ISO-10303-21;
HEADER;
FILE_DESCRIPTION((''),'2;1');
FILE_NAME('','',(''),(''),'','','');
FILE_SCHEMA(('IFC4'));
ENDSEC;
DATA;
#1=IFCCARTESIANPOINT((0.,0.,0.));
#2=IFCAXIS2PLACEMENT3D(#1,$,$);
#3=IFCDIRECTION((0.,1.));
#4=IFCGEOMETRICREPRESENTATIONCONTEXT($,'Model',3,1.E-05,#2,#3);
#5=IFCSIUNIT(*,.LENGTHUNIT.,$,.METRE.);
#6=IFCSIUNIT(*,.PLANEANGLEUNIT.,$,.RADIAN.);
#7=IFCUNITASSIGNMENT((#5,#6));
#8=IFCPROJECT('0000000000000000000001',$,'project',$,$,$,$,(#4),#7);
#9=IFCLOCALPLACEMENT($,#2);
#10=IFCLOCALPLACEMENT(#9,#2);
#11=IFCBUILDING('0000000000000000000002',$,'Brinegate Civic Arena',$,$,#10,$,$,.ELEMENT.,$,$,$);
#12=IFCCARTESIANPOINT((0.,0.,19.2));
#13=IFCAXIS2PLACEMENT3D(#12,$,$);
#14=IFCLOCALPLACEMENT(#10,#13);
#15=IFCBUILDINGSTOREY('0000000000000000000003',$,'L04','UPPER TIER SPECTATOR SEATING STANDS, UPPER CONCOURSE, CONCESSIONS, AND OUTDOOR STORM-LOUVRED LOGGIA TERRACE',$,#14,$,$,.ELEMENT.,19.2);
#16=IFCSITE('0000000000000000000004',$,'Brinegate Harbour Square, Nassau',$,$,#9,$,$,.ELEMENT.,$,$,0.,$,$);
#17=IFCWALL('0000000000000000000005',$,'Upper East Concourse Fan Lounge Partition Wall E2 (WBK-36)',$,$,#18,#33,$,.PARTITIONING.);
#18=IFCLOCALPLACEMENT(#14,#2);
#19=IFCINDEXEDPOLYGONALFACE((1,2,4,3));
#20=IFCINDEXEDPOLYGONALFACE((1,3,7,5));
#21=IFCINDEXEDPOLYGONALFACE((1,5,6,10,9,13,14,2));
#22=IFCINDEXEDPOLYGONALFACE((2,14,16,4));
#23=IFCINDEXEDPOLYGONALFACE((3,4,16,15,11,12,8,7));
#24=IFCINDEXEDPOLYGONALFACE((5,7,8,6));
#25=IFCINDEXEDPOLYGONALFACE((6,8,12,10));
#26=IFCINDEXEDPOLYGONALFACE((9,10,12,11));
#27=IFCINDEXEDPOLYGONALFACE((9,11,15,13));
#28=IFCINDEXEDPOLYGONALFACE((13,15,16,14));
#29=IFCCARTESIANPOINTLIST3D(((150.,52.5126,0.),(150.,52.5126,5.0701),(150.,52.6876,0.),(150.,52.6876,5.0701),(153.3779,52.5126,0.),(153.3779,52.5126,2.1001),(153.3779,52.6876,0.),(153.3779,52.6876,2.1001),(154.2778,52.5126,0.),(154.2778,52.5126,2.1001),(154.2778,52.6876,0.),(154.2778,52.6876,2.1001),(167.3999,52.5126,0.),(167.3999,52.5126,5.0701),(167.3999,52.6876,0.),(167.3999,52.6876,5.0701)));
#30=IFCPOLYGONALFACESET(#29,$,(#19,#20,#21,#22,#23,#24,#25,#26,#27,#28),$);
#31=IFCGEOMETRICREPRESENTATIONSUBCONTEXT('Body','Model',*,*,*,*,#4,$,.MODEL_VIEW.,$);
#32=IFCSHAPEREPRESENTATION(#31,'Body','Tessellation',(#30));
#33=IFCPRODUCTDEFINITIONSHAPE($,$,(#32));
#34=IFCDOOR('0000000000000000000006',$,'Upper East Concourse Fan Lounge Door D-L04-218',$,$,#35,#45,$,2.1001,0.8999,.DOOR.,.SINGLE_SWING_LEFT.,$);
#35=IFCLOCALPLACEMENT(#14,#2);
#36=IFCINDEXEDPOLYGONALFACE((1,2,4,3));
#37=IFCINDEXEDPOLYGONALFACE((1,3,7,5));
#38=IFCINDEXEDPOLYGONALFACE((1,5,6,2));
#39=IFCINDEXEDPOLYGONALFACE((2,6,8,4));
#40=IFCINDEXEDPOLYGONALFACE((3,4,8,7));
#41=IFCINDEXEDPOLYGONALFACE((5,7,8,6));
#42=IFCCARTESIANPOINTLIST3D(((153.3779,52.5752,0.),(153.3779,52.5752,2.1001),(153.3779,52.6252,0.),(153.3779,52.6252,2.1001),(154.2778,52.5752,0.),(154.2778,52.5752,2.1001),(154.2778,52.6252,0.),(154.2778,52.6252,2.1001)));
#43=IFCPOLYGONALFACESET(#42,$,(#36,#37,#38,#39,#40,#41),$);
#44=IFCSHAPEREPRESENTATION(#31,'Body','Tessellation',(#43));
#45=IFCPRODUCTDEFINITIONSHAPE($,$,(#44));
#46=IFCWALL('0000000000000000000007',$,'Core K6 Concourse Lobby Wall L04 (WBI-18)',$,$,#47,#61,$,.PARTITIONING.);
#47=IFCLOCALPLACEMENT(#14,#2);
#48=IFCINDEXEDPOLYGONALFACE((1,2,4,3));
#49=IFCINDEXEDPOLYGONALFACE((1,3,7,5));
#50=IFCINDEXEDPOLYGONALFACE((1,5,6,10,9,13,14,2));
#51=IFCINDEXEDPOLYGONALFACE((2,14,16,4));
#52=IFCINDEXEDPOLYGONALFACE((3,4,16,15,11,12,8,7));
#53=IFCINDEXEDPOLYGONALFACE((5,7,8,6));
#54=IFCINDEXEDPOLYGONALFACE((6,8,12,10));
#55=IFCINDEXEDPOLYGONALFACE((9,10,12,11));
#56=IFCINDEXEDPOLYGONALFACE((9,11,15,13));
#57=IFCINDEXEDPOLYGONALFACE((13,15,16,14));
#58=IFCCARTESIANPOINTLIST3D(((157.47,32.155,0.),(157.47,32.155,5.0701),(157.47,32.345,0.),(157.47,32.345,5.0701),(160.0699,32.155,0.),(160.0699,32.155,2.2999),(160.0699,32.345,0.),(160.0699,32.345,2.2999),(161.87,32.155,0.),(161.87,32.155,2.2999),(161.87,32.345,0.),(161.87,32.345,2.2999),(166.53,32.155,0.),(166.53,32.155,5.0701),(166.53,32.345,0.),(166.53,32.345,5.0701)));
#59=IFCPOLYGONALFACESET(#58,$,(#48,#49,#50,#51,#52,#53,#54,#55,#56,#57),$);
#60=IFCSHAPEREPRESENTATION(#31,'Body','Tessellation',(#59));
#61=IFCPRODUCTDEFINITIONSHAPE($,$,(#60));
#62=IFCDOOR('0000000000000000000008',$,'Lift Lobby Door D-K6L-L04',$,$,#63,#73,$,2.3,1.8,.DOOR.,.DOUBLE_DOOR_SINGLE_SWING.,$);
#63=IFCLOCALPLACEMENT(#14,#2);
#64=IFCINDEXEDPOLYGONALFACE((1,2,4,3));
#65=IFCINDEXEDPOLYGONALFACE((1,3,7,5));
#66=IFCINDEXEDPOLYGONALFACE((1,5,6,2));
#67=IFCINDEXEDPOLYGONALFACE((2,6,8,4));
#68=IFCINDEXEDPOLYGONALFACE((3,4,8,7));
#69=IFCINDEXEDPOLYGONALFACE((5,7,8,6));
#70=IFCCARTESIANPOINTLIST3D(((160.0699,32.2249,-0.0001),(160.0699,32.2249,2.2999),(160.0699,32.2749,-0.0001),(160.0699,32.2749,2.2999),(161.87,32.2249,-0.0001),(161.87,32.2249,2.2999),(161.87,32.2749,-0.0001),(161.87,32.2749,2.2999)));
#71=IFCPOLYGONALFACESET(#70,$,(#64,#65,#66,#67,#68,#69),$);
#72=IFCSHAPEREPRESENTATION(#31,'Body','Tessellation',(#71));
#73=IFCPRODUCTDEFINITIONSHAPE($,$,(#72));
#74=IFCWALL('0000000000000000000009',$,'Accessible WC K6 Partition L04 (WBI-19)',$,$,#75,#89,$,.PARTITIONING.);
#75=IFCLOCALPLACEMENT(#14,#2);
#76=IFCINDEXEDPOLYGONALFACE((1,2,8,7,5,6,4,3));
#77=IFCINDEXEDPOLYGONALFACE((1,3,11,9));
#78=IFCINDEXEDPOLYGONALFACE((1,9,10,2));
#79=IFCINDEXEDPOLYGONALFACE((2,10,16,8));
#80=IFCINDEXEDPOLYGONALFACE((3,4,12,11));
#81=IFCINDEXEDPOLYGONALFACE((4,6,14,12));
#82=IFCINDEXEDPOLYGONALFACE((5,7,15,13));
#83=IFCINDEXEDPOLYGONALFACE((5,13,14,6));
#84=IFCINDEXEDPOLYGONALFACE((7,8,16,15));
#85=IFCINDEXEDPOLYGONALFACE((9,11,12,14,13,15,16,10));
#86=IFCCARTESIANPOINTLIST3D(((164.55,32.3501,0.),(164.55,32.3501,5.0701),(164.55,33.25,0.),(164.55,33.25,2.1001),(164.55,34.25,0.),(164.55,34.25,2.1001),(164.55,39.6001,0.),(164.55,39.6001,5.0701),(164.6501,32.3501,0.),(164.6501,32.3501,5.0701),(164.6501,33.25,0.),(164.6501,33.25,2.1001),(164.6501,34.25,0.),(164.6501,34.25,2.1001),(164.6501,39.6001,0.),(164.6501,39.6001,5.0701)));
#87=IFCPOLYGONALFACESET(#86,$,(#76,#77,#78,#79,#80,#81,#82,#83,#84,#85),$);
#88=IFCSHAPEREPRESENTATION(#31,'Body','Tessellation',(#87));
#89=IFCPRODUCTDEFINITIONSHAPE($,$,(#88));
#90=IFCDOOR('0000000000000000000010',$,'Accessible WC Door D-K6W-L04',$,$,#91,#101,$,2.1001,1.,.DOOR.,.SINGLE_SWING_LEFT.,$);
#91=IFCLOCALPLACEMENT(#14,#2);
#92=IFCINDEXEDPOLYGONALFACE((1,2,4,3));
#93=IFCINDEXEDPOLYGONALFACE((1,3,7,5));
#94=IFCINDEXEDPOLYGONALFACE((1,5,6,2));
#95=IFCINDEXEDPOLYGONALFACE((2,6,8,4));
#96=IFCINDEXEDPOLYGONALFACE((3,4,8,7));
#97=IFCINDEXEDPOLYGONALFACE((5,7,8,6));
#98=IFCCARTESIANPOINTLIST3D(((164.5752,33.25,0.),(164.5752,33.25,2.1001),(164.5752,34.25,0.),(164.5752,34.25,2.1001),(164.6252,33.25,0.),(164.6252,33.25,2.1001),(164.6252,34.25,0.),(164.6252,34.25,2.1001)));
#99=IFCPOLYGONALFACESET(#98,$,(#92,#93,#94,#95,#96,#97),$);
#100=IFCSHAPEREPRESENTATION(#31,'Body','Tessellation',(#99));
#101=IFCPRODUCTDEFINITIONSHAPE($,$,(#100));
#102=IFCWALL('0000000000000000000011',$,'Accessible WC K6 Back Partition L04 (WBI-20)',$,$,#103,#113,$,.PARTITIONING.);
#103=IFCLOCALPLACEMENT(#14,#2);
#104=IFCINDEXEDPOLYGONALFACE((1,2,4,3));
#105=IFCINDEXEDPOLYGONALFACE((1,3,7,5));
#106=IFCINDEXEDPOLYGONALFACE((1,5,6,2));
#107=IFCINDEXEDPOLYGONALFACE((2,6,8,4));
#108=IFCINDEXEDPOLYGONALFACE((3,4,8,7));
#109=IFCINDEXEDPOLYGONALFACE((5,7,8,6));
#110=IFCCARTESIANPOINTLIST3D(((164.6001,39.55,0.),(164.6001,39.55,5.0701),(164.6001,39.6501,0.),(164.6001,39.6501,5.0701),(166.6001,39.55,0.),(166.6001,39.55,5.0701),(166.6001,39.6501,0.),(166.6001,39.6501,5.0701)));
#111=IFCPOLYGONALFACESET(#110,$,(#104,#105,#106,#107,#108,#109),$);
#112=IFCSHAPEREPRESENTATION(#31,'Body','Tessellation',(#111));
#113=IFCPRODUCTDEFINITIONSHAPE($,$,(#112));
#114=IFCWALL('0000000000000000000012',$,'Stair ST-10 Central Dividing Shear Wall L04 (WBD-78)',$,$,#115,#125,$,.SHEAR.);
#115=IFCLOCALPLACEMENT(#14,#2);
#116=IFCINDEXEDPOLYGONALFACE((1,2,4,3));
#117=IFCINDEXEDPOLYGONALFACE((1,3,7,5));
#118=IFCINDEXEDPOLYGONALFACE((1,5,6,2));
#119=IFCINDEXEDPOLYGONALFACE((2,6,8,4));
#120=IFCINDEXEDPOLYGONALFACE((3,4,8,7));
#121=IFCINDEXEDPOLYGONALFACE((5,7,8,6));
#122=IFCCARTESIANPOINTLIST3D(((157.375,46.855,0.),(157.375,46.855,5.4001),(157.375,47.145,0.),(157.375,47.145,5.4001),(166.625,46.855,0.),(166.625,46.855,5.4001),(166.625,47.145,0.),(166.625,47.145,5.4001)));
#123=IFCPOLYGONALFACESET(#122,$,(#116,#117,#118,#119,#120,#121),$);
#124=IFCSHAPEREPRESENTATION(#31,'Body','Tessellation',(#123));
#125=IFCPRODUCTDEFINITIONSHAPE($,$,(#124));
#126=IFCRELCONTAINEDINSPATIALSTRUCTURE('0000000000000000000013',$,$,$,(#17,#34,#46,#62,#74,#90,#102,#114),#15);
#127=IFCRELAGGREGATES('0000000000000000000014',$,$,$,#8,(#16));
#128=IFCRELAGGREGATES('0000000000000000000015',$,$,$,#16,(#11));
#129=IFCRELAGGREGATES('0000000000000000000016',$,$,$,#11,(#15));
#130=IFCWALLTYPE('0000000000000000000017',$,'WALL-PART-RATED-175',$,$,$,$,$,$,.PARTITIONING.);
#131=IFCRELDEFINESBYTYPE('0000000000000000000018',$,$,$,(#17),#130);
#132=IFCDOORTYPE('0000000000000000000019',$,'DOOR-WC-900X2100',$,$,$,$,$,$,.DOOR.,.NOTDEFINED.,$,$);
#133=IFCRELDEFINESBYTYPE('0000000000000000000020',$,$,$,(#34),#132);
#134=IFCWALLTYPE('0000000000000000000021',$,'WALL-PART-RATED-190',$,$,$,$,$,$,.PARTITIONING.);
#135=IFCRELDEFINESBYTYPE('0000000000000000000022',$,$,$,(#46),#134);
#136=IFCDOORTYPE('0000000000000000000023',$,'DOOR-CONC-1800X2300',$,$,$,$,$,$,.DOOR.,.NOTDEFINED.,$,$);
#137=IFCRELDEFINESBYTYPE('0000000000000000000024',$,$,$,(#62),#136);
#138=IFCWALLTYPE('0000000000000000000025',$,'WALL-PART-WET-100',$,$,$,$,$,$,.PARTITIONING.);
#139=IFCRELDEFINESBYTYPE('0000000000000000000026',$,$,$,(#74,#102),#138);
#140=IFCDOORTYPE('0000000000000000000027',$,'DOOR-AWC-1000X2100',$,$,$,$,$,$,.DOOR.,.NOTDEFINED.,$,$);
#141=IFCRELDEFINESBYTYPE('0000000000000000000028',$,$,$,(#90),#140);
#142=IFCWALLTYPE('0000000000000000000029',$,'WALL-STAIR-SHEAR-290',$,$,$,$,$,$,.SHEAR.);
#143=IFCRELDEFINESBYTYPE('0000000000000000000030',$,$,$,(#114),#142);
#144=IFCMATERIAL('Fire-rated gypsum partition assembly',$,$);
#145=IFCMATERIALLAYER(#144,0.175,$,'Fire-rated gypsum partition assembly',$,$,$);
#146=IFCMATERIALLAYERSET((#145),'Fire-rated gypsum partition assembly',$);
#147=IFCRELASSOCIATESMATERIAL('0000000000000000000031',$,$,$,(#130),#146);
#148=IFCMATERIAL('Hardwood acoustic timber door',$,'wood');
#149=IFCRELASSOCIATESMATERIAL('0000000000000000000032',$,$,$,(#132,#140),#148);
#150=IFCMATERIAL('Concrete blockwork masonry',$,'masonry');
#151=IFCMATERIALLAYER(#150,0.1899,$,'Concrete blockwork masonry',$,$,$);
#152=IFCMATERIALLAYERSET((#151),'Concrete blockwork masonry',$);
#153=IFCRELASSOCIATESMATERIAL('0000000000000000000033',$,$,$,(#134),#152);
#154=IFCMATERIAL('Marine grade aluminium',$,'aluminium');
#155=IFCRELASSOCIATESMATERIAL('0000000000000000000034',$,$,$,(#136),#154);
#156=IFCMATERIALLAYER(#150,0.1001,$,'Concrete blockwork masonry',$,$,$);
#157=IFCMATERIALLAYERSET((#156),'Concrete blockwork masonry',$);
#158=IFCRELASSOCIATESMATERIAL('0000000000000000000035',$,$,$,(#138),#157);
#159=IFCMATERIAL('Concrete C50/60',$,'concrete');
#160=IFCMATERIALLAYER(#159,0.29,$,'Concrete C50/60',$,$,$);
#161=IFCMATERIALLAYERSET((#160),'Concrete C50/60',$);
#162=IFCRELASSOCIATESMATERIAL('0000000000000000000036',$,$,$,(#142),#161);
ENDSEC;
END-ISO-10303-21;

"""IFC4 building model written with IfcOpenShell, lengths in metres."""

from ifc_helpers import new_model, si_unit, direction, frame, frame_2d, origin, place, context, subcontext, project, spatial, rectangle, extrude, material, layer, layer_set, type_object, element, fill, save


model = new_model("IFC4")

# Units and contexts
model_context = context("Model", 3, precision=1e-05, world=origin(), true_north=direction((0.0, 1.0)))
body_context = subcontext(model_context, "Body", "Model", "MODEL_VIEW")
ifc_project = project(units=[si_unit("LENGTHUNIT", "METRE"), si_unit("PLANEANGLEUNIT", "RADIAN")], contexts=[model_context])

# Site, building, storey
site_placement = place(None, origin())
site = spatial("IfcSite", under=ifc_project, at=site_placement, Name="Brinegate Harbour Square, Nassau", CompositionType="ELEMENT", RefElevation=0.0)
building_placement = place(site_placement, origin())
building = spatial("IfcBuilding", under=site, at=building_placement, Name="Brinegate Civic Arena", CompositionType="ELEMENT")
storey_placement = place(building_placement, frame((0.0, 0.0, 19.2)))
storey = spatial("IfcBuildingStorey", under=building, at=storey_placement, Name="L04", Description="UPPER TIER SPECTATOR SEATING STANDS, UPPER CONCOURSE, CONCESSIONS, AND OUTDOOR STORM-LOUVRED LOGGIA TERRACE", CompositionType="ELEMENT", Elevation=19.2)

# Shared definitions
ifc_material_1 = material(Name="Concrete C50/60", Category="concrete")

# Walls, openings, doors
ifc_material_2 = material(Name="Fire-rated gypsum partition assembly")
ifc_layer_1 = layer(ifc_material_2, 0.175, Name="Fire-rated gypsum partition assembly")
ifc_layer_set_1 = layer_set([ifc_layer_1], Name="Fire-rated gypsum partition assembly")
wall_type_1 = type_object("IfcWallType", Name="WALL-PART-RATED-175", PredefinedType="PARTITIONING", material=ifc_layer_set_1)
wall_1_placement = place(storey_placement, frame((167.3999, 52.6001, 0.0), z_axis=(0.0, 0.0, 1.0), x_axis=(-1.0, 0.0, 0.0)))
wall_1 = element("IfcWall", 1, at=wall_1_placement, inside=storey, type_object=wall_type_1, Name="Upper East Concourse Fan Lounge Partition Wall E2 (WBK-36)", PredefinedType="PARTITIONING", context=body_context, shape_type="SweptSolid", body=[
    extrude(rectangle(XDim=17.3999, YDim=0.175, at=frame_2d((8.7, 0.0))), origin(), (0.0, 0.0, 1.0), 5.0701),
])
opening_1_placement = place(wall_1_placement, frame((13.1221, 0.0, 0.0)))
opening_1 = element("IfcOpeningElement", 2, at=opening_1_placement, cuts=wall_1, PredefinedType="OPENING", context=body_context, shape_type="SweptSolid", body=[
    extrude(rectangle(XDim=0.8999, YDim=2.1001, at=frame_2d((0.45, 1.05))), frame((0.0, 0.0974, 0.0), z_axis=(0.0, -1.0, 0.0), x_axis=(1.0, 0.0, 0.0)), (0.0, 0.0, 1.0), 0.1951),
])
ifc_material_3 = material(Name="Hardwood acoustic timber door", Category="wood")
door_type_1 = type_object("IfcDoorType", Name="DOOR-WC-900X2100", OperationType="NOTDEFINED", PredefinedType="DOOR", material=ifc_material_3)
door_1_placement = place(opening_1_placement, origin())
door_1 = element("IfcDoor", 3, at=door_1_placement, inside=storey, type_object=door_type_1, Name="Upper East Concourse Fan Lounge Door D-L04-218", OperationType="SINGLE_SWING_LEFT", OverallHeight=2.1001, OverallWidth=0.8999, PredefinedType="DOOR", context=body_context, shape_type="SweptSolid", body=[
    extrude(rectangle(XDim=0.8999, YDim=2.1001, at=frame_2d((0.45, 1.05))), frame((0.0, 0.0249, 0.0), z_axis=(0.0, -1.0, 0.0), x_axis=(1.0, 0.0, 0.0)), (0.0, 0.0, 1.0), 0.05),
])
fill(opening_1, door_1)
ifc_material_4 = material(Name="Concrete blockwork masonry", Category="masonry")
ifc_layer_2 = layer(ifc_material_4, 0.1899, Name="Concrete blockwork masonry")
ifc_layer_set_2 = layer_set([ifc_layer_2], Name="Concrete blockwork masonry")
wall_type_2 = type_object("IfcWallType", Name="WALL-PART-RATED-190", PredefinedType="PARTITIONING", material=ifc_layer_set_2)
wall_2_placement = place(storey_placement, frame((157.47, 32.25, 0.0), z_axis=(0.0, 0.0, 1.0), x_axis=(1.0, 0.0, 0.0)))
wall_2 = element("IfcWall", 4, at=wall_2_placement, inside=storey, type_object=wall_type_2, Name="Core K6 Concourse Lobby Wall L04 (WBI-18)", PredefinedType="PARTITIONING", context=body_context, shape_type="SweptSolid", body=[
    extrude(rectangle(XDim=9.0601, YDim=0.1899, at=frame_2d((4.53, 0.0))), origin(), (0.0, 0.0, 1.0), 5.0701),
])
opening_2_placement = place(wall_2_placement, frame((2.6001, 0.0, 0.0)))
opening_2 = element("IfcOpeningElement", 5, at=opening_2_placement, cuts=wall_2, PredefinedType="OPENING", context=body_context, shape_type="SweptSolid", body=[
    extrude(rectangle(XDim=1.8, YDim=2.3, at=frame_2d((0.8999, 1.1499))), frame((0.0, 0.105, 0.0), z_axis=(0.0, -1.0, 0.0), x_axis=(1.0, 0.0, 0.0)), (0.0, 0.0, 1.0), 0.21),
])
ifc_material_5 = material(Name="Marine grade aluminium", Category="aluminium")
door_type_2 = type_object("IfcDoorType", Name="DOOR-CONC-1800X2300", OperationType="NOTDEFINED", PredefinedType="DOOR", material=ifc_material_5)
door_2_placement = place(opening_2_placement, origin())
door_2 = element("IfcDoor", 6, at=door_2_placement, inside=storey, type_object=door_type_2, Name="Lift Lobby Door D-K6L-L04", OperationType="DOUBLE_DOOR_SINGLE_SWING", OverallHeight=2.3, OverallWidth=1.8, PredefinedType="DOOR", context=body_context, shape_type="SweptSolid", body=[
    extrude(rectangle(XDim=1.8, YDim=2.3, at=frame_2d((0.8999, 1.1499))), frame((0.0, 0.0249, 0.0), z_axis=(0.0, -1.0, 0.0), x_axis=(1.0, 0.0, 0.0)), (0.0, 0.0, 1.0), 0.05),
])
fill(opening_2, door_2)
ifc_layer_3 = layer(ifc_material_4, 0.1001, Name="Concrete blockwork masonry")
ifc_layer_set_3 = layer_set([ifc_layer_3], Name="Concrete blockwork masonry")
wall_type_3 = type_object("IfcWallType", Name="WALL-PART-WET-100", PredefinedType="PARTITIONING", material=ifc_layer_set_3)
wall_3_placement = place(storey_placement, frame((164.6001, 32.3501, 0.0), z_axis=(0.0, 0.0, 1.0), x_axis=(0.0, 1.0, 0.0)))
wall_3 = element("IfcWall", 7, at=wall_3_placement, inside=storey, type_object=wall_type_3, Name="Accessible WC K6 Partition L04 (WBI-19)", PredefinedType="PARTITIONING", context=body_context, shape_type="SweptSolid", body=[
    extrude(rectangle(XDim=7.25, YDim=0.1001, at=frame_2d((3.625, 0.0))), origin(), (0.0, 0.0, 1.0), 5.0701),
])
opening_3_placement = place(wall_3_placement, frame((0.8999, 0.0, 0.0)))
opening_3 = element("IfcOpeningElement", 8, at=opening_3_placement, cuts=wall_3, PredefinedType="OPENING", context=body_context, shape_type="SweptSolid", body=[
    extrude(rectangle(XDim=1.0, YDim=2.1001, at=frame_2d((0.5, 1.05))), frame((0.0, 0.0601, 0.0), z_axis=(0.0, -1.0, 0.0), x_axis=(1.0, 0.0, 0.0)), (0.0, 0.0, 1.0), 0.1201),
])
door_type_3 = type_object("IfcDoorType", Name="DOOR-AWC-1000X2100", OperationType="NOTDEFINED", PredefinedType="DOOR", material=ifc_material_3)
door_3_placement = place(opening_3_placement, origin())
door_3 = element("IfcDoor", 9, at=door_3_placement, inside=storey, type_object=door_type_3, Name="Accessible WC Door D-K6W-L04", OperationType="SINGLE_SWING_LEFT", OverallHeight=2.1001, OverallWidth=1.0, PredefinedType="DOOR", context=body_context, shape_type="SweptSolid", body=[
    extrude(rectangle(XDim=1.0, YDim=2.1001, at=frame_2d((0.5, 1.05))), frame((0.0, 0.0249, 0.0), z_axis=(0.0, -1.0, 0.0), x_axis=(1.0, 0.0, 0.0)), (0.0, 0.0, 1.0), 0.05),
])
fill(opening_3, door_3)

# Walls
wall_4_placement = place(storey_placement, frame((164.6001, 39.6001, 0.0), z_axis=(0.0, 0.0, 1.0), x_axis=(1.0, 0.0, 0.0)))
element("IfcWall", 10, at=wall_4_placement, inside=storey, type_object=wall_type_3, Name="Accessible WC K6 Back Partition L04 (WBI-20)", PredefinedType="PARTITIONING", context=body_context, shape_type="SweptSolid", body=[
    extrude(rectangle(XDim=2.0, YDim=0.1001, at=frame_2d((1.0, 0.0))), origin(), (0.0, 0.0, 1.0), 5.0701),
])
ifc_layer_4 = layer(ifc_material_1, 0.29, Name="Concrete C50/60")
ifc_layer_set_4 = layer_set([ifc_layer_4], Name="Concrete C50/60")
wall_type_4 = type_object("IfcWallType", Name="WALL-STAIR-SHEAR-290", PredefinedType="SHEAR", material=ifc_layer_set_4)
wall_5_placement = place(storey_placement, frame((157.375, 47.0, 0.0), z_axis=(0.0, 0.0, 1.0), x_axis=(1.0, 0.0, 0.0)))
element("IfcWall", 11, at=wall_5_placement, inside=storey, type_object=wall_type_4, Name="Stair ST-10 Central Dividing Shear Wall L04 (WBD-78)", PredefinedType="SHEAR", context=body_context, shape_type="SweptSolid", body=[
    extrude(rectangle(XDim=9.25, YDim=0.29, at=frame_2d((4.625, 0.0))), origin(), (0.0, 0.0, 1.0), 5.4001),
])

save(model, "model.ifc")
